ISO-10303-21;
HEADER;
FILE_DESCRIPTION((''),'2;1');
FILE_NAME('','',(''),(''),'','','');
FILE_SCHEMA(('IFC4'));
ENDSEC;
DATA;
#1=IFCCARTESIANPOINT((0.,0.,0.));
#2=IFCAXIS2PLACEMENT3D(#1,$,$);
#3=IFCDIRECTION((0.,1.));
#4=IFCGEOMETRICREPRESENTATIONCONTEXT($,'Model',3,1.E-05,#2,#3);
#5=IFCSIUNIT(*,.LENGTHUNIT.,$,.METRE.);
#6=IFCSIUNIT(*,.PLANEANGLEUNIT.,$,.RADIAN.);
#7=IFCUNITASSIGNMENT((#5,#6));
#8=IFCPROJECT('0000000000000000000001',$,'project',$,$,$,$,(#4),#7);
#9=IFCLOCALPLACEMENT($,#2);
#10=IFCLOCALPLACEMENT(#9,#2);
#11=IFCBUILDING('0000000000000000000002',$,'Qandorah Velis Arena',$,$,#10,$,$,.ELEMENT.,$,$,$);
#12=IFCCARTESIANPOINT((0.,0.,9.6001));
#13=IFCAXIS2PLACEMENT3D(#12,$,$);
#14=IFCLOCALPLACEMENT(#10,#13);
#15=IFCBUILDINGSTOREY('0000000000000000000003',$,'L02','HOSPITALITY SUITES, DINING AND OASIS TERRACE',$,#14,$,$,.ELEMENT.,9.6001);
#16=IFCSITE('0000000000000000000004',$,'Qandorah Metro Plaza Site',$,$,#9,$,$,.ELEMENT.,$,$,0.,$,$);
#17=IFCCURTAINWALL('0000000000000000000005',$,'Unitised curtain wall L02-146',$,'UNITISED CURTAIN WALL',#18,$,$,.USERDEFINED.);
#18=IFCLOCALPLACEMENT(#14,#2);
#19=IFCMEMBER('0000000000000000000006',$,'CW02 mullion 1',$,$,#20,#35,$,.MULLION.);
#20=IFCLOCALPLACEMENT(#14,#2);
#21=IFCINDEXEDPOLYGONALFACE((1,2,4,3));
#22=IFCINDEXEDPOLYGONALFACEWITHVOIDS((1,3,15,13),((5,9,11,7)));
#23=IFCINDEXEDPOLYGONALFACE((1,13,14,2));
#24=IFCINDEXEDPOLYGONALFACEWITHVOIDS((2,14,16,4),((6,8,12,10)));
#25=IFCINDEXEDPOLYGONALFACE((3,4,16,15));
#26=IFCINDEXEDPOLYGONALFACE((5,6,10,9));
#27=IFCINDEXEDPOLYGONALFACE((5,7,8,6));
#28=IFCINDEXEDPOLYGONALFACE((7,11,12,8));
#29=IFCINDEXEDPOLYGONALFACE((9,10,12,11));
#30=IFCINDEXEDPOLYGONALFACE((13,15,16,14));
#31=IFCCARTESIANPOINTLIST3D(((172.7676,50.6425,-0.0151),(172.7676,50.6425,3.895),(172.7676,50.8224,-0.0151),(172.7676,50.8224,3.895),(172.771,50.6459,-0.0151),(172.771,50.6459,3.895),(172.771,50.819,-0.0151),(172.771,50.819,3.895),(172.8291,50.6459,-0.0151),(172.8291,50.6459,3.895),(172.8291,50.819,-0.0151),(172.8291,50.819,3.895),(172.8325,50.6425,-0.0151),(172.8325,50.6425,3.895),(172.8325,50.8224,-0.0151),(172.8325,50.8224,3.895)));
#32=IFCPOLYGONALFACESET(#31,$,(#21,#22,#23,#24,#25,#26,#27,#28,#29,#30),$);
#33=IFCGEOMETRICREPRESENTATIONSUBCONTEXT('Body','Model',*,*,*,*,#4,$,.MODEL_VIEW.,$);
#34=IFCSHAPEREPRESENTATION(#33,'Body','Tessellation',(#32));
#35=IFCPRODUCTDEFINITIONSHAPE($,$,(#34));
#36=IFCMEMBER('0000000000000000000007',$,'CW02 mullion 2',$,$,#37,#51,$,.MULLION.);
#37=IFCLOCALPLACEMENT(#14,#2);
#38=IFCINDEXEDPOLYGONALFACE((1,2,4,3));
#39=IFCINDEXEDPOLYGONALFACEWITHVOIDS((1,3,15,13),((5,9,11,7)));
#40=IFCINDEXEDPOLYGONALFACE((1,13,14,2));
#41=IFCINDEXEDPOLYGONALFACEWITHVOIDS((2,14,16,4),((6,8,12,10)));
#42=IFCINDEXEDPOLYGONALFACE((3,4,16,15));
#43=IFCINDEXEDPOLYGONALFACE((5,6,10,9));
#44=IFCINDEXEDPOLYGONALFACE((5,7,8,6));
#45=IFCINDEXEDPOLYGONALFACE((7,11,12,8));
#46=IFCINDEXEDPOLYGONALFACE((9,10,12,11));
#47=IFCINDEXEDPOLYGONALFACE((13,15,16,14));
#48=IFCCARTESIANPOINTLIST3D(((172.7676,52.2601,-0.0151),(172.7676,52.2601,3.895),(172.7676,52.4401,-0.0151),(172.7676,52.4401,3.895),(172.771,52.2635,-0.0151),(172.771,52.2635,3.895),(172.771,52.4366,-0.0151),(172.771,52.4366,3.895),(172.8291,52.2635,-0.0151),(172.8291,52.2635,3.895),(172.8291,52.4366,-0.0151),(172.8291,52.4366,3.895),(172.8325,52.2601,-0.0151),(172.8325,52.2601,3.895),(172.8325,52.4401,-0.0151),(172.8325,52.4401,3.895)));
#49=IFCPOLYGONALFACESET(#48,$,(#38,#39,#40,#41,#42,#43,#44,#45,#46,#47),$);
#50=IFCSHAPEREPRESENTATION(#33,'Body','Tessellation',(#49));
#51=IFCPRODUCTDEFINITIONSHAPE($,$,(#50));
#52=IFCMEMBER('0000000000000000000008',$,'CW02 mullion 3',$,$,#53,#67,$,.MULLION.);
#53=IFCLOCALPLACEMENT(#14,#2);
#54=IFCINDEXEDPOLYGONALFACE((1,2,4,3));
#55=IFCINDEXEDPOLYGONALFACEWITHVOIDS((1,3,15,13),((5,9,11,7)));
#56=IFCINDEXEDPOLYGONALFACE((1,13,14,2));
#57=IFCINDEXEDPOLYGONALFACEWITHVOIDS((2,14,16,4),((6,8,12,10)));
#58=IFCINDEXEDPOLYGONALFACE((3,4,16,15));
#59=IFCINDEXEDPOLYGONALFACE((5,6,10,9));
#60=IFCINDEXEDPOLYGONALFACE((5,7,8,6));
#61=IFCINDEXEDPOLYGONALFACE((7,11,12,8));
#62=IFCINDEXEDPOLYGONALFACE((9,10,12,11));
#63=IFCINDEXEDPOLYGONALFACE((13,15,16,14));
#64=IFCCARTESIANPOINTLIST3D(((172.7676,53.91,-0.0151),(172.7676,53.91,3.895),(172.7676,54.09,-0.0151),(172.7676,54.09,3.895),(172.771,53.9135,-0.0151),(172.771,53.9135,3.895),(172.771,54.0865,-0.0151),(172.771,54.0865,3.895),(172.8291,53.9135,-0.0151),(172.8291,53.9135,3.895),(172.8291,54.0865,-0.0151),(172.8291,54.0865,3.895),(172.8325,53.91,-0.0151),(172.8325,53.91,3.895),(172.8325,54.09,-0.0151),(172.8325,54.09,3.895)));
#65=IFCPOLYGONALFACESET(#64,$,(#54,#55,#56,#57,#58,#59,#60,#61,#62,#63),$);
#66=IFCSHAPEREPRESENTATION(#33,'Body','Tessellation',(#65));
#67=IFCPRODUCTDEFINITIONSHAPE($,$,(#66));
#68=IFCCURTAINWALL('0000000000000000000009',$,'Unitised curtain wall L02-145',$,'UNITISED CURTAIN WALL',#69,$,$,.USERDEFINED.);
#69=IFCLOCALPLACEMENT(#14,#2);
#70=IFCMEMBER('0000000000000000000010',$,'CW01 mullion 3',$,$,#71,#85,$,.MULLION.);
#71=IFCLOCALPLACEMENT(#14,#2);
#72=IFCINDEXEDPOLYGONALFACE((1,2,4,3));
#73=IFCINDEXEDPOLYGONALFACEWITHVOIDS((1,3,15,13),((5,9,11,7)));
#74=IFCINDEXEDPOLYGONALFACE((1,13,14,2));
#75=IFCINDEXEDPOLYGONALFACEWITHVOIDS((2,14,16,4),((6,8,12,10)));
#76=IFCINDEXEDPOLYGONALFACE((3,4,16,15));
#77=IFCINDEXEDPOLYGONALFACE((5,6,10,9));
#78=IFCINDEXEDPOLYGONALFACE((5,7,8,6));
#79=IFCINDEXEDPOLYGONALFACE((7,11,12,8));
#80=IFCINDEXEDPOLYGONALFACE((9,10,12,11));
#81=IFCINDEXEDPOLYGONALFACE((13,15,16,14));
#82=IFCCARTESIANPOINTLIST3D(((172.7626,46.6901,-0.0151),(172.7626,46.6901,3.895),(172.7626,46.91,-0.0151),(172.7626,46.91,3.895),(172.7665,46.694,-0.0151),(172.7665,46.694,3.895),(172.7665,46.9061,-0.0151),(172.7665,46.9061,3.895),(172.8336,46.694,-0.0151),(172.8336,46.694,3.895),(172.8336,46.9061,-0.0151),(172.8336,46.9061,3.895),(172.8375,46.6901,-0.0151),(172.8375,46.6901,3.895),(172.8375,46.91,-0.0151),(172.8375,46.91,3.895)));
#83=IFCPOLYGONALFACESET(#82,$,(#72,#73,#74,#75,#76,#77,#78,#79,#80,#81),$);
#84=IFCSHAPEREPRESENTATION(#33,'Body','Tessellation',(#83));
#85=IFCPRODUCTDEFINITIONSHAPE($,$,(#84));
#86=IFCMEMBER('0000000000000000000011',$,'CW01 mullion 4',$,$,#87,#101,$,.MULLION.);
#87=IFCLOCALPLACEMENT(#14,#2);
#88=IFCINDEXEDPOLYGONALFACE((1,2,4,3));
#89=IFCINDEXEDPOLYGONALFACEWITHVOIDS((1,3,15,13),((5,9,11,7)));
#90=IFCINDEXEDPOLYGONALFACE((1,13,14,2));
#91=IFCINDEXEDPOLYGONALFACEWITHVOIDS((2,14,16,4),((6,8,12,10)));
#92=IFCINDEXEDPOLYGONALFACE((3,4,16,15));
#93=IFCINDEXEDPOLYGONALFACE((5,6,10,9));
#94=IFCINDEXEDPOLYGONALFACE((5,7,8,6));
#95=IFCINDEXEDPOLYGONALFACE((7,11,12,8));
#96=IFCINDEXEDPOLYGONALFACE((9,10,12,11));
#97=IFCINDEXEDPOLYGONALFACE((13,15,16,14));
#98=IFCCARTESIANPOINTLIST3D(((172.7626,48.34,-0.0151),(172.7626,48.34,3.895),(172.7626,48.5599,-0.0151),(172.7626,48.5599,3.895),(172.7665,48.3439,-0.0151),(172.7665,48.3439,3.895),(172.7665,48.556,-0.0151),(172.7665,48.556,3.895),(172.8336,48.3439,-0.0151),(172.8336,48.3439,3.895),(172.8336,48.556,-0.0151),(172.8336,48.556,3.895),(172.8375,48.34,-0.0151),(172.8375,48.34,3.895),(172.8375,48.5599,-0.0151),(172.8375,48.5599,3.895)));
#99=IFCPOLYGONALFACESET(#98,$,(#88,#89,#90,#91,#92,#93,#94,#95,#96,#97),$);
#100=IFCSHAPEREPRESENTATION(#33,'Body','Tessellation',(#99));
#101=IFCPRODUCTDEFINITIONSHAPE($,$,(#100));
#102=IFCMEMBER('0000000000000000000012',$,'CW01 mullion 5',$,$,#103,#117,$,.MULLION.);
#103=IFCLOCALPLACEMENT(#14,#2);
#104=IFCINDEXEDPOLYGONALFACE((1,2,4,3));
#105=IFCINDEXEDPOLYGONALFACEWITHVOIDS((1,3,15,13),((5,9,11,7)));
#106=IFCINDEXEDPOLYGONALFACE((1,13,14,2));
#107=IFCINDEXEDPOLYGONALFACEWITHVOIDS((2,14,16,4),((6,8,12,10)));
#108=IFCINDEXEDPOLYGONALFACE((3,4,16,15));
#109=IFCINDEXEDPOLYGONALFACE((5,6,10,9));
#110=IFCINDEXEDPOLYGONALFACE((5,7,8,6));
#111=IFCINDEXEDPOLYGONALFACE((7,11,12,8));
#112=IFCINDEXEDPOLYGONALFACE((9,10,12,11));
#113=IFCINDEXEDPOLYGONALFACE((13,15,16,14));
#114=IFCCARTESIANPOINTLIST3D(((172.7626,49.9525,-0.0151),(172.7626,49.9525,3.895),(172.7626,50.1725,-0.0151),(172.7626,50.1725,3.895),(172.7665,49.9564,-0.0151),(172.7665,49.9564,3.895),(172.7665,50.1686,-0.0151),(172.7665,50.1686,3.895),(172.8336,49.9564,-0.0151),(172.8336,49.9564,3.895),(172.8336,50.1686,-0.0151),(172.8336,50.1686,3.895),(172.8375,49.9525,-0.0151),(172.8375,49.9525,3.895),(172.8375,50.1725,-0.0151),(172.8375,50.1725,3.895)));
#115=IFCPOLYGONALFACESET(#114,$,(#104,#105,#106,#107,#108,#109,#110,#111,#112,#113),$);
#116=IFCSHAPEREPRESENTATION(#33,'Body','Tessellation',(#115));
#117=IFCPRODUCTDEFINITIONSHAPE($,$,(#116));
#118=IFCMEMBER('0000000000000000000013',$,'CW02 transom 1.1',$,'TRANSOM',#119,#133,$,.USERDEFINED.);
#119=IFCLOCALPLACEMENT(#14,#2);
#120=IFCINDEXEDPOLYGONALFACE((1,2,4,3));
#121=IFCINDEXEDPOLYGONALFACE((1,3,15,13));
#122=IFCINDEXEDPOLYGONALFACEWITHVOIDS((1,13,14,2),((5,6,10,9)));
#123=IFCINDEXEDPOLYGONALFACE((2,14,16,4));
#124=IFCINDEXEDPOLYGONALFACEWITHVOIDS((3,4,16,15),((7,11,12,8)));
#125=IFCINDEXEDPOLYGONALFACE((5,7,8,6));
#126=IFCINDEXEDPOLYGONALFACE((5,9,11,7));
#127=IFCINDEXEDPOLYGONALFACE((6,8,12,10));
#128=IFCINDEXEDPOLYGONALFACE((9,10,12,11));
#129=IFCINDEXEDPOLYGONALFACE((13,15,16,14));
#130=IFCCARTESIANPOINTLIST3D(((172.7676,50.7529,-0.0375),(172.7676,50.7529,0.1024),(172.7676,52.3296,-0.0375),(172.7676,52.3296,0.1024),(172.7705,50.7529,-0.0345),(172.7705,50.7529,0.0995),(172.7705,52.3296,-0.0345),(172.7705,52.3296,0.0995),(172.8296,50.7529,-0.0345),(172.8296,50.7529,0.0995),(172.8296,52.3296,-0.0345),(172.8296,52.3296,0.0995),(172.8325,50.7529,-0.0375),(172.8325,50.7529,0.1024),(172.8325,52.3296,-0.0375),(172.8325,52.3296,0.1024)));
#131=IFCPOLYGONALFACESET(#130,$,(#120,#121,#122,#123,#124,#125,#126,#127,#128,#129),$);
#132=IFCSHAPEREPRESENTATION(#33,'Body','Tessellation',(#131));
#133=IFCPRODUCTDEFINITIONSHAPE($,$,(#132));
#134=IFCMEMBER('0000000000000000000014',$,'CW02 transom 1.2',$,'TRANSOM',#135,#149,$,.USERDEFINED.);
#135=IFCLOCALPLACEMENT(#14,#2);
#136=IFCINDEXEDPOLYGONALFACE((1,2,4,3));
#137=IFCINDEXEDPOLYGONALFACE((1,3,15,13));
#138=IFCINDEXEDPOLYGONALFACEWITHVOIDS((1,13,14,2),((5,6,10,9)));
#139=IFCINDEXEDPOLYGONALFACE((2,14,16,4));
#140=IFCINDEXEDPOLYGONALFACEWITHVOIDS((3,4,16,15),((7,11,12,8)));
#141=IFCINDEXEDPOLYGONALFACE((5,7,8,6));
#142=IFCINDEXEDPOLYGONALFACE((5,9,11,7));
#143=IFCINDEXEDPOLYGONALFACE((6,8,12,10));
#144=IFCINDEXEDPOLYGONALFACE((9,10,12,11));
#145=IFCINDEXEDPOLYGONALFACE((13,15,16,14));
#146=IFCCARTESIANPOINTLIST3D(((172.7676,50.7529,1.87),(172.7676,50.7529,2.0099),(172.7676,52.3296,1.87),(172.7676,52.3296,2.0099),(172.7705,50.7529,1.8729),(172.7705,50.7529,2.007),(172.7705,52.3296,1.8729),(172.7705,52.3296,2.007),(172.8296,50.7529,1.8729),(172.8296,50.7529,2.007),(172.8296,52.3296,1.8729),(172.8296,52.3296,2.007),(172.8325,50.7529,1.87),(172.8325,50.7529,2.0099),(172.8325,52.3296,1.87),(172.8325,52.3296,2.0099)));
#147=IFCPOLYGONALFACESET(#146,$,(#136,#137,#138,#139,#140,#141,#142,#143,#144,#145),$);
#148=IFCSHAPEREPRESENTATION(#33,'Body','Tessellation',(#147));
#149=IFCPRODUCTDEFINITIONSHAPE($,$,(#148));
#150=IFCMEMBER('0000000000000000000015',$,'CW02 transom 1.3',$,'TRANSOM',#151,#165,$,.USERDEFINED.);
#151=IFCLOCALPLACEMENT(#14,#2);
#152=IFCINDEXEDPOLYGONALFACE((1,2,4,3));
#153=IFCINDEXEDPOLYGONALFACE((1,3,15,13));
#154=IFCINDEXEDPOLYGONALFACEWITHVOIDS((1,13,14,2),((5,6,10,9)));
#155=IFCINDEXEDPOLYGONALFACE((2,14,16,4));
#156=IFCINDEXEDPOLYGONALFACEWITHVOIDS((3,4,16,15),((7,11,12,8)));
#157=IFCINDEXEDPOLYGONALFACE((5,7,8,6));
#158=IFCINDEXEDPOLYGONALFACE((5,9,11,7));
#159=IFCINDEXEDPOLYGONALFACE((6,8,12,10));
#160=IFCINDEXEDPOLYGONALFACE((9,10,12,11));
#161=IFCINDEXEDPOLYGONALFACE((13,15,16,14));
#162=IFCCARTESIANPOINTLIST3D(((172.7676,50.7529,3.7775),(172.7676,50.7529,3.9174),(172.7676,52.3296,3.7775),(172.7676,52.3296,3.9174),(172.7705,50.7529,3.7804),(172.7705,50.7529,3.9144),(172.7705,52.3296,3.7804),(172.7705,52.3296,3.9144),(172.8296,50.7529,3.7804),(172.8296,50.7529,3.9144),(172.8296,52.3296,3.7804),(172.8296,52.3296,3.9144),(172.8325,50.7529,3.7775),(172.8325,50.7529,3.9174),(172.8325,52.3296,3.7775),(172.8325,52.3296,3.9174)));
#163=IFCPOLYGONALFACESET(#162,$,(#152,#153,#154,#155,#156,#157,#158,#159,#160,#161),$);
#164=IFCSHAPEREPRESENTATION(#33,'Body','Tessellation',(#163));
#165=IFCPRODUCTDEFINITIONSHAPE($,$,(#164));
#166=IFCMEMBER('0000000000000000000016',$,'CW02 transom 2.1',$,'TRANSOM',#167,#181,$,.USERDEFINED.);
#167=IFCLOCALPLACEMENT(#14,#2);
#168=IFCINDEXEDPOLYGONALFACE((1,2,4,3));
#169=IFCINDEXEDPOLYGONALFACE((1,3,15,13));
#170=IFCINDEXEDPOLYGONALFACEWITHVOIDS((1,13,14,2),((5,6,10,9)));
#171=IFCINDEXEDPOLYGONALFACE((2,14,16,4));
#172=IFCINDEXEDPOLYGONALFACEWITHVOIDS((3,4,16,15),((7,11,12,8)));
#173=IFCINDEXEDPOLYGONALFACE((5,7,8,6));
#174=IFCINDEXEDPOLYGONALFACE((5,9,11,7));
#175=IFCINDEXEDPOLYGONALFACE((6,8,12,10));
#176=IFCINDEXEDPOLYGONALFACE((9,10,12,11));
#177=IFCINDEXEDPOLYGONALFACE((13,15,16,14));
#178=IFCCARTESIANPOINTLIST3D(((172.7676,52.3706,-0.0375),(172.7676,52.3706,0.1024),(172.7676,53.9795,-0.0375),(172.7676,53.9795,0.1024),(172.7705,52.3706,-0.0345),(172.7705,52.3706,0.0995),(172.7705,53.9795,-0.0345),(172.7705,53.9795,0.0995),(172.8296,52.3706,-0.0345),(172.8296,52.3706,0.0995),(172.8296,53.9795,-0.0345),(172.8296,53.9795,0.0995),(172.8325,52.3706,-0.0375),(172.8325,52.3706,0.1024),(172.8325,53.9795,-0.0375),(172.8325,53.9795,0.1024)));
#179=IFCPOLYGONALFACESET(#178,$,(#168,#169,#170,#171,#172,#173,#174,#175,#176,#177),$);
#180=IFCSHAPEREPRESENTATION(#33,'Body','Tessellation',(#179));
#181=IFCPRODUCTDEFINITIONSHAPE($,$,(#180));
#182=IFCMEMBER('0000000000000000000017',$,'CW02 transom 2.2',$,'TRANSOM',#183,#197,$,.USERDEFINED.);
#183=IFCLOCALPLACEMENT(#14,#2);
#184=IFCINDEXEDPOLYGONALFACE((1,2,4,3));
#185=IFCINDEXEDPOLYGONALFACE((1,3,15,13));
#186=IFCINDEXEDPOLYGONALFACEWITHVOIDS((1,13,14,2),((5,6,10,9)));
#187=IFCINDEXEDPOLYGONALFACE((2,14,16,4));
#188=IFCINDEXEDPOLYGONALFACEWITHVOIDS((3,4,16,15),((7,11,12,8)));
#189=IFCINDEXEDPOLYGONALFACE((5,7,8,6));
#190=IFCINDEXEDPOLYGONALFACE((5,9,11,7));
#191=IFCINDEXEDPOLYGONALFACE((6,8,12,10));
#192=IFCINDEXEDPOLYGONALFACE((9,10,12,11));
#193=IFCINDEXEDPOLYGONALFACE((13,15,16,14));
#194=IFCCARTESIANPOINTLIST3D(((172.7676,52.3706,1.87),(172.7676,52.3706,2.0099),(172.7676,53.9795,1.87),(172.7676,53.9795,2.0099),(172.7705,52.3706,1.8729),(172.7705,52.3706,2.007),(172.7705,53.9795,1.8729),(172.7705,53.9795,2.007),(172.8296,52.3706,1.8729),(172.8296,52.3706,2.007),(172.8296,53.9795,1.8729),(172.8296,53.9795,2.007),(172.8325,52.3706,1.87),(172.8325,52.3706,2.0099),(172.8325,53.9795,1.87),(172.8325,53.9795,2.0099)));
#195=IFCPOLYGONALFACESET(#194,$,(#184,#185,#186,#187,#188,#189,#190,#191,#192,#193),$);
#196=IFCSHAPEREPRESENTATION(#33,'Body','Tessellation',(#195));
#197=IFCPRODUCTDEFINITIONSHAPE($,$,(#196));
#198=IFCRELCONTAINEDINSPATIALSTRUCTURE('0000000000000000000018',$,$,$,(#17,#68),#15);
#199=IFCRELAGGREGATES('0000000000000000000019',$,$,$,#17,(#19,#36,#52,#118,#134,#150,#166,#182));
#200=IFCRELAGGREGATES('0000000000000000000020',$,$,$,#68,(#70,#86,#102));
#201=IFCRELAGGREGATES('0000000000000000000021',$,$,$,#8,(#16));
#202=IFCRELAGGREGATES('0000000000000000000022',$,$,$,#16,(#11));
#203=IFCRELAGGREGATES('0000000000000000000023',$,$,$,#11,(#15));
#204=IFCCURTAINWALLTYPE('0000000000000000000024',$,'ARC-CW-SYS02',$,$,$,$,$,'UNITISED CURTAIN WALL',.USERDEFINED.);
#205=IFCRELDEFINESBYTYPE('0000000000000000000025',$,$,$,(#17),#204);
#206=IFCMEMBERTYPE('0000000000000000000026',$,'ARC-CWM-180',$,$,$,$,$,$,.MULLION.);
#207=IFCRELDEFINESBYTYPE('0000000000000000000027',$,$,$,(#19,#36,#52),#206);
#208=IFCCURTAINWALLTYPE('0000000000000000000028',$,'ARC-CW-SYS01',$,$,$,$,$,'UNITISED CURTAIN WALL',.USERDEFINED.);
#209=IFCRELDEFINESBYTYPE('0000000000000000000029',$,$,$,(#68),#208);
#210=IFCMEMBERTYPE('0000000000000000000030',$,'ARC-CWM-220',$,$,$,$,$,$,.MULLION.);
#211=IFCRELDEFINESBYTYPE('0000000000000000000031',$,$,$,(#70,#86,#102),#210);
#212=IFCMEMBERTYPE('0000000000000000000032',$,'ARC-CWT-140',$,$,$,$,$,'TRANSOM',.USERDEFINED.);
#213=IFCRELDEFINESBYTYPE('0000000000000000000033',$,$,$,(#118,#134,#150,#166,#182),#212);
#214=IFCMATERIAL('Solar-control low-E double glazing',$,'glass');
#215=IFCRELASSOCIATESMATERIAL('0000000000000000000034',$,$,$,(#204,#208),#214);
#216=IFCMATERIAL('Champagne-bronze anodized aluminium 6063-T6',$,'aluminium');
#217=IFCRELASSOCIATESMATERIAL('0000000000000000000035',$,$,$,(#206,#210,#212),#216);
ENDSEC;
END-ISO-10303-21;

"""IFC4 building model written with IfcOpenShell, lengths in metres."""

from ifc_helpers import new_model, si_unit, direction, frame, origin, origin_2d, place, context, subcontext, project, spatial, hollow_rectangle, extrude, material, material_profile, profile_set, type_object, element, aggregate, save


model = new_model("IFC4")

# Units and contexts
model_context = context("Model", 3, precision=1e-05, world=origin(), true_north=direction((0.0, 1.0)))
body_context = subcontext(model_context, "Body", "Model", "MODEL_VIEW")
ifc_project = project(units=[si_unit("LENGTHUNIT", "METRE"), si_unit("PLANEANGLEUNIT", "RADIAN")], contexts=[model_context])

# Site, building, storey
site_placement = place(None, origin())
site = spatial("IfcSite", under=ifc_project, at=site_placement, Name="Qandorah Metro Plaza Site", CompositionType="ELEMENT", RefElevation=0.0)
building_placement = place(site_placement, origin())
building = spatial("IfcBuilding", under=site, at=building_placement, Name="Qandorah Velis Arena", CompositionType="ELEMENT")
storey_placement = place(building_placement, frame((0.0, 0.0, 9.6001)))
storey = spatial("IfcBuildingStorey", under=building, at=storey_placement, Name="L02", Description="HOSPITALITY SUITES, DINING AND OASIS TERRACE", CompositionType="ELEMENT", Elevation=9.6001)

# Curtain walls, members
ifc_material_1 = material(Name="Solar-control low-E double glazing", Category="glass")
curtain_wall_type_1 = type_object("IfcCurtainWallType", Name="ARC-CW-SYS02", ElementType="UNITISED CURTAIN WALL", PredefinedType="USERDEFINED", material=ifc_material_1)
curtain_wall_1_placement = place(storey_placement, origin())
curtain_wall_1 = element("IfcCurtainWall", 1, at=curtain_wall_1_placement, inside=storey, type_object=curtain_wall_type_1, Name="Unitised curtain wall L02-146", ObjectType="UNITISED CURTAIN WALL", PredefinedType="USERDEFINED")
ifc_material_2 = material(Name="Champagne-bronze anodized aluminium 6063-T6", Category="aluminium")
ifc_material_profile_1 = material_profile(ifc_material_2, hollow_rectangle(XDim=0.0649, YDim=0.1799, WallThickness=0.0034, at=origin_2d()), Name="ALU MULLION 65x180")
ifc_profile_set_1 = profile_set([ifc_material_profile_1], Name="Champagne-bronze anodized aluminium 6063-T6")
member_type_1 = type_object("IfcMemberType", Name="ARC-CWM-180", PredefinedType="MULLION", material=ifc_profile_set_1)
member_1_placement = place(storey_placement, frame((172.8, 50.7324, -0.0151), z_axis=(0.0, 0.0, 1.0), x_axis=(-1.0, 0.0, 0.0)))
member_1 = element("IfcMember", 2, at=member_1_placement, type_object=member_type_1, Name="CW02 mullion 1", PredefinedType="MULLION", context=body_context, shape_type="SweptSolid", body=[
    extrude(hollow_rectangle(XDim=0.0649, YDim=0.1799, WallThickness=0.0034, at=origin_2d()), origin(), (0.0, 0.0, 1.0), 3.9102),
])
member_2_placement = place(storey_placement, frame((172.8, 52.3501, -0.0151), z_axis=(0.0, 0.0, 1.0), x_axis=(-1.0, 0.0, 0.0)))
member_2 = element("IfcMember", 3, at=member_2_placement, type_object=member_type_1, Name="CW02 mullion 2", PredefinedType="MULLION", context=body_context, shape_type="SweptSolid", body=[
    extrude(hollow_rectangle(XDim=0.0649, YDim=0.1799, WallThickness=0.0034, at=origin_2d()), origin(), (0.0, 0.0, 1.0), 3.9102),
])
member_3_placement = place(storey_placement, frame((172.8, 54.0, -0.0151), z_axis=(0.0, 0.0, 1.0), x_axis=(-1.0, 0.0, 0.0)))
member_3 = element("IfcMember", 4, at=member_3_placement, type_object=member_type_1, Name="CW02 mullion 3", PredefinedType="MULLION", context=body_context, shape_type="SweptSolid", body=[
    extrude(hollow_rectangle(XDim=0.0649, YDim=0.1799, WallThickness=0.0034, at=origin_2d()), origin(), (0.0, 0.0, 1.0), 3.9102),
])
curtain_wall_type_2 = type_object("IfcCurtainWallType", Name="ARC-CW-SYS01", ElementType="UNITISED CURTAIN WALL", PredefinedType="USERDEFINED", material=ifc_material_1)
curtain_wall_2_placement = place(storey_placement, origin())
curtain_wall_2 = element("IfcCurtainWall", 5, at=curtain_wall_2_placement, inside=storey, type_object=curtain_wall_type_2, Name="Unitised curtain wall L02-145", ObjectType="UNITISED CURTAIN WALL", PredefinedType="USERDEFINED")
ifc_material_profile_2 = material_profile(ifc_material_2, hollow_rectangle(XDim=0.075, YDim=0.22, WallThickness=0.0039, at=origin_2d()), Name="ALU MULLION 75x220")
ifc_profile_set_2 = profile_set([ifc_material_profile_2], Name="Champagne-bronze anodized aluminium 6063-T6")
member_type_2 = type_object("IfcMemberType", Name="ARC-CWM-220", PredefinedType="MULLION", material=ifc_profile_set_2)
member_4_placement = place(storey_placement, frame((172.8, 46.8, -0.0151), z_axis=(0.0, 0.0, 1.0), x_axis=(-1.0, 0.0, 0.0)))
member_4 = element("IfcMember", 6, at=member_4_placement, type_object=member_type_2, Name="CW01 mullion 3", PredefinedType="MULLION", context=body_context, shape_type="SweptSolid", body=[
    extrude(hollow_rectangle(XDim=0.075, YDim=0.22, WallThickness=0.0039, at=origin_2d()), origin(), (0.0, 0.0, 1.0), 3.9102),
])
member_5_placement = place(storey_placement, frame((172.8, 48.45, -0.0151), z_axis=(0.0, 0.0, 1.0), x_axis=(-1.0, 0.0, 0.0)))
member_5 = element("IfcMember", 7, at=member_5_placement, type_object=member_type_2, Name="CW01 mullion 4", PredefinedType="MULLION", context=body_context, shape_type="SweptSolid", body=[
    extrude(hollow_rectangle(XDim=0.075, YDim=0.22, WallThickness=0.0039, at=origin_2d()), origin(), (0.0, 0.0, 1.0), 3.9102),
])
member_6_placement = place(storey_placement, frame((172.8, 50.0625, -0.0151), z_axis=(0.0, 0.0, 1.0), x_axis=(-1.0, 0.0, 0.0)))
member_6 = element("IfcMember", 8, at=member_6_placement, type_object=member_type_2, Name="CW01 mullion 5", PredefinedType="MULLION", context=body_context, shape_type="SweptSolid", body=[
    extrude(hollow_rectangle(XDim=0.075, YDim=0.22, WallThickness=0.0039, at=origin_2d()), origin(), (0.0, 0.0, 1.0), 3.9102),
])

# Members
ifc_material_profile_3 = material_profile(ifc_material_2, hollow_rectangle(XDim=0.0649, YDim=0.1399, WallThickness=0.0029, at=origin_2d()), Name="ALU TRANSOM 65x140")
ifc_profile_set_3 = profile_set([ifc_material_profile_3], Name="Champagne-bronze anodized aluminium 6063-T6")
member_type_3 = type_object("IfcMemberType", Name="ARC-CWT-140", ElementType="TRANSOM", PredefinedType="USERDEFINED", material=ifc_profile_set_3)
member_7_placement = place(storey_placement, frame((172.8, 50.7529, 0.0325), z_axis=(0.0, 1.0, 0.0), x_axis=(-1.0, 0.0, 0.0)))
member_7 = element("IfcMember", 9, at=member_7_placement, type_object=member_type_3, Name="CW02 transom 1.1", ObjectType="TRANSOM", PredefinedType="USERDEFINED", context=body_context, shape_type="SweptSolid", body=[
    extrude(hollow_rectangle(XDim=0.0649, YDim=0.1399, WallThickness=0.0029, at=origin_2d()), origin(), (0.0, 0.0, 1.0), 1.5767),
])
member_8_placement = place(storey_placement, frame((172.8, 50.7529, 1.9399), z_axis=(0.0, 1.0, 0.0), x_axis=(-1.0, 0.0, 0.0)))
member_8 = element("IfcMember", 10, at=member_8_placement, type_object=member_type_3, Name="CW02 transom 1.2", ObjectType="TRANSOM", PredefinedType="USERDEFINED", context=body_context, shape_type="SweptSolid", body=[
    extrude(hollow_rectangle(XDim=0.0649, YDim=0.1399, WallThickness=0.0029, at=origin_2d()), origin(), (0.0, 0.0, 1.0), 1.5767),
])
member_9_placement = place(storey_placement, frame((172.8, 50.7529, 3.8474), z_axis=(0.0, 1.0, 0.0), x_axis=(-1.0, 0.0, 0.0)))
member_9 = element("IfcMember", 11, at=member_9_placement, type_object=member_type_3, Name="CW02 transom 1.3", ObjectType="TRANSOM", PredefinedType="USERDEFINED", context=body_context, shape_type="SweptSolid", body=[
    extrude(hollow_rectangle(XDim=0.0649, YDim=0.1399, WallThickness=0.0029, at=origin_2d()), origin(), (0.0, 0.0, 1.0), 1.5767),
])
member_10_placement = place(storey_placement, frame((172.8, 52.3706, 0.0325), z_axis=(0.0, 1.0, 0.0), x_axis=(-1.0, 0.0, 0.0)))
member_10 = element("IfcMember", 12, at=member_10_placement, type_object=member_type_3, Name="CW02 transom 2.1", ObjectType="TRANSOM", PredefinedType="USERDEFINED", context=body_context, shape_type="SweptSolid", body=[
    extrude(hollow_rectangle(XDim=0.0649, YDim=0.1399, WallThickness=0.0029, at=origin_2d()), origin(), (0.0, 0.0, 1.0), 1.6089),
])
member_11_placement = place(storey_placement, frame((172.8, 52.3706, 1.9399), z_axis=(0.0, 1.0, 0.0), x_axis=(-1.0, 0.0, 0.0)))
member_11 = element("IfcMember", 13, at=member_11_placement, type_object=member_type_3, Name="CW02 transom 2.2", ObjectType="TRANSOM", PredefinedType="USERDEFINED", context=body_context, shape_type="SweptSolid", body=[
    extrude(hollow_rectangle(XDim=0.0649, YDim=0.1399, WallThickness=0.0029, at=origin_2d()), origin(), (0.0, 0.0, 1.0), 1.6089),
])

aggregate(curtain_wall_1, [member_1, member_2, member_3, member_7, member_8, member_9, member_10, member_11])
aggregate(curtain_wall_2, [member_4, member_5, member_6])

save(model, "model.ifc")
